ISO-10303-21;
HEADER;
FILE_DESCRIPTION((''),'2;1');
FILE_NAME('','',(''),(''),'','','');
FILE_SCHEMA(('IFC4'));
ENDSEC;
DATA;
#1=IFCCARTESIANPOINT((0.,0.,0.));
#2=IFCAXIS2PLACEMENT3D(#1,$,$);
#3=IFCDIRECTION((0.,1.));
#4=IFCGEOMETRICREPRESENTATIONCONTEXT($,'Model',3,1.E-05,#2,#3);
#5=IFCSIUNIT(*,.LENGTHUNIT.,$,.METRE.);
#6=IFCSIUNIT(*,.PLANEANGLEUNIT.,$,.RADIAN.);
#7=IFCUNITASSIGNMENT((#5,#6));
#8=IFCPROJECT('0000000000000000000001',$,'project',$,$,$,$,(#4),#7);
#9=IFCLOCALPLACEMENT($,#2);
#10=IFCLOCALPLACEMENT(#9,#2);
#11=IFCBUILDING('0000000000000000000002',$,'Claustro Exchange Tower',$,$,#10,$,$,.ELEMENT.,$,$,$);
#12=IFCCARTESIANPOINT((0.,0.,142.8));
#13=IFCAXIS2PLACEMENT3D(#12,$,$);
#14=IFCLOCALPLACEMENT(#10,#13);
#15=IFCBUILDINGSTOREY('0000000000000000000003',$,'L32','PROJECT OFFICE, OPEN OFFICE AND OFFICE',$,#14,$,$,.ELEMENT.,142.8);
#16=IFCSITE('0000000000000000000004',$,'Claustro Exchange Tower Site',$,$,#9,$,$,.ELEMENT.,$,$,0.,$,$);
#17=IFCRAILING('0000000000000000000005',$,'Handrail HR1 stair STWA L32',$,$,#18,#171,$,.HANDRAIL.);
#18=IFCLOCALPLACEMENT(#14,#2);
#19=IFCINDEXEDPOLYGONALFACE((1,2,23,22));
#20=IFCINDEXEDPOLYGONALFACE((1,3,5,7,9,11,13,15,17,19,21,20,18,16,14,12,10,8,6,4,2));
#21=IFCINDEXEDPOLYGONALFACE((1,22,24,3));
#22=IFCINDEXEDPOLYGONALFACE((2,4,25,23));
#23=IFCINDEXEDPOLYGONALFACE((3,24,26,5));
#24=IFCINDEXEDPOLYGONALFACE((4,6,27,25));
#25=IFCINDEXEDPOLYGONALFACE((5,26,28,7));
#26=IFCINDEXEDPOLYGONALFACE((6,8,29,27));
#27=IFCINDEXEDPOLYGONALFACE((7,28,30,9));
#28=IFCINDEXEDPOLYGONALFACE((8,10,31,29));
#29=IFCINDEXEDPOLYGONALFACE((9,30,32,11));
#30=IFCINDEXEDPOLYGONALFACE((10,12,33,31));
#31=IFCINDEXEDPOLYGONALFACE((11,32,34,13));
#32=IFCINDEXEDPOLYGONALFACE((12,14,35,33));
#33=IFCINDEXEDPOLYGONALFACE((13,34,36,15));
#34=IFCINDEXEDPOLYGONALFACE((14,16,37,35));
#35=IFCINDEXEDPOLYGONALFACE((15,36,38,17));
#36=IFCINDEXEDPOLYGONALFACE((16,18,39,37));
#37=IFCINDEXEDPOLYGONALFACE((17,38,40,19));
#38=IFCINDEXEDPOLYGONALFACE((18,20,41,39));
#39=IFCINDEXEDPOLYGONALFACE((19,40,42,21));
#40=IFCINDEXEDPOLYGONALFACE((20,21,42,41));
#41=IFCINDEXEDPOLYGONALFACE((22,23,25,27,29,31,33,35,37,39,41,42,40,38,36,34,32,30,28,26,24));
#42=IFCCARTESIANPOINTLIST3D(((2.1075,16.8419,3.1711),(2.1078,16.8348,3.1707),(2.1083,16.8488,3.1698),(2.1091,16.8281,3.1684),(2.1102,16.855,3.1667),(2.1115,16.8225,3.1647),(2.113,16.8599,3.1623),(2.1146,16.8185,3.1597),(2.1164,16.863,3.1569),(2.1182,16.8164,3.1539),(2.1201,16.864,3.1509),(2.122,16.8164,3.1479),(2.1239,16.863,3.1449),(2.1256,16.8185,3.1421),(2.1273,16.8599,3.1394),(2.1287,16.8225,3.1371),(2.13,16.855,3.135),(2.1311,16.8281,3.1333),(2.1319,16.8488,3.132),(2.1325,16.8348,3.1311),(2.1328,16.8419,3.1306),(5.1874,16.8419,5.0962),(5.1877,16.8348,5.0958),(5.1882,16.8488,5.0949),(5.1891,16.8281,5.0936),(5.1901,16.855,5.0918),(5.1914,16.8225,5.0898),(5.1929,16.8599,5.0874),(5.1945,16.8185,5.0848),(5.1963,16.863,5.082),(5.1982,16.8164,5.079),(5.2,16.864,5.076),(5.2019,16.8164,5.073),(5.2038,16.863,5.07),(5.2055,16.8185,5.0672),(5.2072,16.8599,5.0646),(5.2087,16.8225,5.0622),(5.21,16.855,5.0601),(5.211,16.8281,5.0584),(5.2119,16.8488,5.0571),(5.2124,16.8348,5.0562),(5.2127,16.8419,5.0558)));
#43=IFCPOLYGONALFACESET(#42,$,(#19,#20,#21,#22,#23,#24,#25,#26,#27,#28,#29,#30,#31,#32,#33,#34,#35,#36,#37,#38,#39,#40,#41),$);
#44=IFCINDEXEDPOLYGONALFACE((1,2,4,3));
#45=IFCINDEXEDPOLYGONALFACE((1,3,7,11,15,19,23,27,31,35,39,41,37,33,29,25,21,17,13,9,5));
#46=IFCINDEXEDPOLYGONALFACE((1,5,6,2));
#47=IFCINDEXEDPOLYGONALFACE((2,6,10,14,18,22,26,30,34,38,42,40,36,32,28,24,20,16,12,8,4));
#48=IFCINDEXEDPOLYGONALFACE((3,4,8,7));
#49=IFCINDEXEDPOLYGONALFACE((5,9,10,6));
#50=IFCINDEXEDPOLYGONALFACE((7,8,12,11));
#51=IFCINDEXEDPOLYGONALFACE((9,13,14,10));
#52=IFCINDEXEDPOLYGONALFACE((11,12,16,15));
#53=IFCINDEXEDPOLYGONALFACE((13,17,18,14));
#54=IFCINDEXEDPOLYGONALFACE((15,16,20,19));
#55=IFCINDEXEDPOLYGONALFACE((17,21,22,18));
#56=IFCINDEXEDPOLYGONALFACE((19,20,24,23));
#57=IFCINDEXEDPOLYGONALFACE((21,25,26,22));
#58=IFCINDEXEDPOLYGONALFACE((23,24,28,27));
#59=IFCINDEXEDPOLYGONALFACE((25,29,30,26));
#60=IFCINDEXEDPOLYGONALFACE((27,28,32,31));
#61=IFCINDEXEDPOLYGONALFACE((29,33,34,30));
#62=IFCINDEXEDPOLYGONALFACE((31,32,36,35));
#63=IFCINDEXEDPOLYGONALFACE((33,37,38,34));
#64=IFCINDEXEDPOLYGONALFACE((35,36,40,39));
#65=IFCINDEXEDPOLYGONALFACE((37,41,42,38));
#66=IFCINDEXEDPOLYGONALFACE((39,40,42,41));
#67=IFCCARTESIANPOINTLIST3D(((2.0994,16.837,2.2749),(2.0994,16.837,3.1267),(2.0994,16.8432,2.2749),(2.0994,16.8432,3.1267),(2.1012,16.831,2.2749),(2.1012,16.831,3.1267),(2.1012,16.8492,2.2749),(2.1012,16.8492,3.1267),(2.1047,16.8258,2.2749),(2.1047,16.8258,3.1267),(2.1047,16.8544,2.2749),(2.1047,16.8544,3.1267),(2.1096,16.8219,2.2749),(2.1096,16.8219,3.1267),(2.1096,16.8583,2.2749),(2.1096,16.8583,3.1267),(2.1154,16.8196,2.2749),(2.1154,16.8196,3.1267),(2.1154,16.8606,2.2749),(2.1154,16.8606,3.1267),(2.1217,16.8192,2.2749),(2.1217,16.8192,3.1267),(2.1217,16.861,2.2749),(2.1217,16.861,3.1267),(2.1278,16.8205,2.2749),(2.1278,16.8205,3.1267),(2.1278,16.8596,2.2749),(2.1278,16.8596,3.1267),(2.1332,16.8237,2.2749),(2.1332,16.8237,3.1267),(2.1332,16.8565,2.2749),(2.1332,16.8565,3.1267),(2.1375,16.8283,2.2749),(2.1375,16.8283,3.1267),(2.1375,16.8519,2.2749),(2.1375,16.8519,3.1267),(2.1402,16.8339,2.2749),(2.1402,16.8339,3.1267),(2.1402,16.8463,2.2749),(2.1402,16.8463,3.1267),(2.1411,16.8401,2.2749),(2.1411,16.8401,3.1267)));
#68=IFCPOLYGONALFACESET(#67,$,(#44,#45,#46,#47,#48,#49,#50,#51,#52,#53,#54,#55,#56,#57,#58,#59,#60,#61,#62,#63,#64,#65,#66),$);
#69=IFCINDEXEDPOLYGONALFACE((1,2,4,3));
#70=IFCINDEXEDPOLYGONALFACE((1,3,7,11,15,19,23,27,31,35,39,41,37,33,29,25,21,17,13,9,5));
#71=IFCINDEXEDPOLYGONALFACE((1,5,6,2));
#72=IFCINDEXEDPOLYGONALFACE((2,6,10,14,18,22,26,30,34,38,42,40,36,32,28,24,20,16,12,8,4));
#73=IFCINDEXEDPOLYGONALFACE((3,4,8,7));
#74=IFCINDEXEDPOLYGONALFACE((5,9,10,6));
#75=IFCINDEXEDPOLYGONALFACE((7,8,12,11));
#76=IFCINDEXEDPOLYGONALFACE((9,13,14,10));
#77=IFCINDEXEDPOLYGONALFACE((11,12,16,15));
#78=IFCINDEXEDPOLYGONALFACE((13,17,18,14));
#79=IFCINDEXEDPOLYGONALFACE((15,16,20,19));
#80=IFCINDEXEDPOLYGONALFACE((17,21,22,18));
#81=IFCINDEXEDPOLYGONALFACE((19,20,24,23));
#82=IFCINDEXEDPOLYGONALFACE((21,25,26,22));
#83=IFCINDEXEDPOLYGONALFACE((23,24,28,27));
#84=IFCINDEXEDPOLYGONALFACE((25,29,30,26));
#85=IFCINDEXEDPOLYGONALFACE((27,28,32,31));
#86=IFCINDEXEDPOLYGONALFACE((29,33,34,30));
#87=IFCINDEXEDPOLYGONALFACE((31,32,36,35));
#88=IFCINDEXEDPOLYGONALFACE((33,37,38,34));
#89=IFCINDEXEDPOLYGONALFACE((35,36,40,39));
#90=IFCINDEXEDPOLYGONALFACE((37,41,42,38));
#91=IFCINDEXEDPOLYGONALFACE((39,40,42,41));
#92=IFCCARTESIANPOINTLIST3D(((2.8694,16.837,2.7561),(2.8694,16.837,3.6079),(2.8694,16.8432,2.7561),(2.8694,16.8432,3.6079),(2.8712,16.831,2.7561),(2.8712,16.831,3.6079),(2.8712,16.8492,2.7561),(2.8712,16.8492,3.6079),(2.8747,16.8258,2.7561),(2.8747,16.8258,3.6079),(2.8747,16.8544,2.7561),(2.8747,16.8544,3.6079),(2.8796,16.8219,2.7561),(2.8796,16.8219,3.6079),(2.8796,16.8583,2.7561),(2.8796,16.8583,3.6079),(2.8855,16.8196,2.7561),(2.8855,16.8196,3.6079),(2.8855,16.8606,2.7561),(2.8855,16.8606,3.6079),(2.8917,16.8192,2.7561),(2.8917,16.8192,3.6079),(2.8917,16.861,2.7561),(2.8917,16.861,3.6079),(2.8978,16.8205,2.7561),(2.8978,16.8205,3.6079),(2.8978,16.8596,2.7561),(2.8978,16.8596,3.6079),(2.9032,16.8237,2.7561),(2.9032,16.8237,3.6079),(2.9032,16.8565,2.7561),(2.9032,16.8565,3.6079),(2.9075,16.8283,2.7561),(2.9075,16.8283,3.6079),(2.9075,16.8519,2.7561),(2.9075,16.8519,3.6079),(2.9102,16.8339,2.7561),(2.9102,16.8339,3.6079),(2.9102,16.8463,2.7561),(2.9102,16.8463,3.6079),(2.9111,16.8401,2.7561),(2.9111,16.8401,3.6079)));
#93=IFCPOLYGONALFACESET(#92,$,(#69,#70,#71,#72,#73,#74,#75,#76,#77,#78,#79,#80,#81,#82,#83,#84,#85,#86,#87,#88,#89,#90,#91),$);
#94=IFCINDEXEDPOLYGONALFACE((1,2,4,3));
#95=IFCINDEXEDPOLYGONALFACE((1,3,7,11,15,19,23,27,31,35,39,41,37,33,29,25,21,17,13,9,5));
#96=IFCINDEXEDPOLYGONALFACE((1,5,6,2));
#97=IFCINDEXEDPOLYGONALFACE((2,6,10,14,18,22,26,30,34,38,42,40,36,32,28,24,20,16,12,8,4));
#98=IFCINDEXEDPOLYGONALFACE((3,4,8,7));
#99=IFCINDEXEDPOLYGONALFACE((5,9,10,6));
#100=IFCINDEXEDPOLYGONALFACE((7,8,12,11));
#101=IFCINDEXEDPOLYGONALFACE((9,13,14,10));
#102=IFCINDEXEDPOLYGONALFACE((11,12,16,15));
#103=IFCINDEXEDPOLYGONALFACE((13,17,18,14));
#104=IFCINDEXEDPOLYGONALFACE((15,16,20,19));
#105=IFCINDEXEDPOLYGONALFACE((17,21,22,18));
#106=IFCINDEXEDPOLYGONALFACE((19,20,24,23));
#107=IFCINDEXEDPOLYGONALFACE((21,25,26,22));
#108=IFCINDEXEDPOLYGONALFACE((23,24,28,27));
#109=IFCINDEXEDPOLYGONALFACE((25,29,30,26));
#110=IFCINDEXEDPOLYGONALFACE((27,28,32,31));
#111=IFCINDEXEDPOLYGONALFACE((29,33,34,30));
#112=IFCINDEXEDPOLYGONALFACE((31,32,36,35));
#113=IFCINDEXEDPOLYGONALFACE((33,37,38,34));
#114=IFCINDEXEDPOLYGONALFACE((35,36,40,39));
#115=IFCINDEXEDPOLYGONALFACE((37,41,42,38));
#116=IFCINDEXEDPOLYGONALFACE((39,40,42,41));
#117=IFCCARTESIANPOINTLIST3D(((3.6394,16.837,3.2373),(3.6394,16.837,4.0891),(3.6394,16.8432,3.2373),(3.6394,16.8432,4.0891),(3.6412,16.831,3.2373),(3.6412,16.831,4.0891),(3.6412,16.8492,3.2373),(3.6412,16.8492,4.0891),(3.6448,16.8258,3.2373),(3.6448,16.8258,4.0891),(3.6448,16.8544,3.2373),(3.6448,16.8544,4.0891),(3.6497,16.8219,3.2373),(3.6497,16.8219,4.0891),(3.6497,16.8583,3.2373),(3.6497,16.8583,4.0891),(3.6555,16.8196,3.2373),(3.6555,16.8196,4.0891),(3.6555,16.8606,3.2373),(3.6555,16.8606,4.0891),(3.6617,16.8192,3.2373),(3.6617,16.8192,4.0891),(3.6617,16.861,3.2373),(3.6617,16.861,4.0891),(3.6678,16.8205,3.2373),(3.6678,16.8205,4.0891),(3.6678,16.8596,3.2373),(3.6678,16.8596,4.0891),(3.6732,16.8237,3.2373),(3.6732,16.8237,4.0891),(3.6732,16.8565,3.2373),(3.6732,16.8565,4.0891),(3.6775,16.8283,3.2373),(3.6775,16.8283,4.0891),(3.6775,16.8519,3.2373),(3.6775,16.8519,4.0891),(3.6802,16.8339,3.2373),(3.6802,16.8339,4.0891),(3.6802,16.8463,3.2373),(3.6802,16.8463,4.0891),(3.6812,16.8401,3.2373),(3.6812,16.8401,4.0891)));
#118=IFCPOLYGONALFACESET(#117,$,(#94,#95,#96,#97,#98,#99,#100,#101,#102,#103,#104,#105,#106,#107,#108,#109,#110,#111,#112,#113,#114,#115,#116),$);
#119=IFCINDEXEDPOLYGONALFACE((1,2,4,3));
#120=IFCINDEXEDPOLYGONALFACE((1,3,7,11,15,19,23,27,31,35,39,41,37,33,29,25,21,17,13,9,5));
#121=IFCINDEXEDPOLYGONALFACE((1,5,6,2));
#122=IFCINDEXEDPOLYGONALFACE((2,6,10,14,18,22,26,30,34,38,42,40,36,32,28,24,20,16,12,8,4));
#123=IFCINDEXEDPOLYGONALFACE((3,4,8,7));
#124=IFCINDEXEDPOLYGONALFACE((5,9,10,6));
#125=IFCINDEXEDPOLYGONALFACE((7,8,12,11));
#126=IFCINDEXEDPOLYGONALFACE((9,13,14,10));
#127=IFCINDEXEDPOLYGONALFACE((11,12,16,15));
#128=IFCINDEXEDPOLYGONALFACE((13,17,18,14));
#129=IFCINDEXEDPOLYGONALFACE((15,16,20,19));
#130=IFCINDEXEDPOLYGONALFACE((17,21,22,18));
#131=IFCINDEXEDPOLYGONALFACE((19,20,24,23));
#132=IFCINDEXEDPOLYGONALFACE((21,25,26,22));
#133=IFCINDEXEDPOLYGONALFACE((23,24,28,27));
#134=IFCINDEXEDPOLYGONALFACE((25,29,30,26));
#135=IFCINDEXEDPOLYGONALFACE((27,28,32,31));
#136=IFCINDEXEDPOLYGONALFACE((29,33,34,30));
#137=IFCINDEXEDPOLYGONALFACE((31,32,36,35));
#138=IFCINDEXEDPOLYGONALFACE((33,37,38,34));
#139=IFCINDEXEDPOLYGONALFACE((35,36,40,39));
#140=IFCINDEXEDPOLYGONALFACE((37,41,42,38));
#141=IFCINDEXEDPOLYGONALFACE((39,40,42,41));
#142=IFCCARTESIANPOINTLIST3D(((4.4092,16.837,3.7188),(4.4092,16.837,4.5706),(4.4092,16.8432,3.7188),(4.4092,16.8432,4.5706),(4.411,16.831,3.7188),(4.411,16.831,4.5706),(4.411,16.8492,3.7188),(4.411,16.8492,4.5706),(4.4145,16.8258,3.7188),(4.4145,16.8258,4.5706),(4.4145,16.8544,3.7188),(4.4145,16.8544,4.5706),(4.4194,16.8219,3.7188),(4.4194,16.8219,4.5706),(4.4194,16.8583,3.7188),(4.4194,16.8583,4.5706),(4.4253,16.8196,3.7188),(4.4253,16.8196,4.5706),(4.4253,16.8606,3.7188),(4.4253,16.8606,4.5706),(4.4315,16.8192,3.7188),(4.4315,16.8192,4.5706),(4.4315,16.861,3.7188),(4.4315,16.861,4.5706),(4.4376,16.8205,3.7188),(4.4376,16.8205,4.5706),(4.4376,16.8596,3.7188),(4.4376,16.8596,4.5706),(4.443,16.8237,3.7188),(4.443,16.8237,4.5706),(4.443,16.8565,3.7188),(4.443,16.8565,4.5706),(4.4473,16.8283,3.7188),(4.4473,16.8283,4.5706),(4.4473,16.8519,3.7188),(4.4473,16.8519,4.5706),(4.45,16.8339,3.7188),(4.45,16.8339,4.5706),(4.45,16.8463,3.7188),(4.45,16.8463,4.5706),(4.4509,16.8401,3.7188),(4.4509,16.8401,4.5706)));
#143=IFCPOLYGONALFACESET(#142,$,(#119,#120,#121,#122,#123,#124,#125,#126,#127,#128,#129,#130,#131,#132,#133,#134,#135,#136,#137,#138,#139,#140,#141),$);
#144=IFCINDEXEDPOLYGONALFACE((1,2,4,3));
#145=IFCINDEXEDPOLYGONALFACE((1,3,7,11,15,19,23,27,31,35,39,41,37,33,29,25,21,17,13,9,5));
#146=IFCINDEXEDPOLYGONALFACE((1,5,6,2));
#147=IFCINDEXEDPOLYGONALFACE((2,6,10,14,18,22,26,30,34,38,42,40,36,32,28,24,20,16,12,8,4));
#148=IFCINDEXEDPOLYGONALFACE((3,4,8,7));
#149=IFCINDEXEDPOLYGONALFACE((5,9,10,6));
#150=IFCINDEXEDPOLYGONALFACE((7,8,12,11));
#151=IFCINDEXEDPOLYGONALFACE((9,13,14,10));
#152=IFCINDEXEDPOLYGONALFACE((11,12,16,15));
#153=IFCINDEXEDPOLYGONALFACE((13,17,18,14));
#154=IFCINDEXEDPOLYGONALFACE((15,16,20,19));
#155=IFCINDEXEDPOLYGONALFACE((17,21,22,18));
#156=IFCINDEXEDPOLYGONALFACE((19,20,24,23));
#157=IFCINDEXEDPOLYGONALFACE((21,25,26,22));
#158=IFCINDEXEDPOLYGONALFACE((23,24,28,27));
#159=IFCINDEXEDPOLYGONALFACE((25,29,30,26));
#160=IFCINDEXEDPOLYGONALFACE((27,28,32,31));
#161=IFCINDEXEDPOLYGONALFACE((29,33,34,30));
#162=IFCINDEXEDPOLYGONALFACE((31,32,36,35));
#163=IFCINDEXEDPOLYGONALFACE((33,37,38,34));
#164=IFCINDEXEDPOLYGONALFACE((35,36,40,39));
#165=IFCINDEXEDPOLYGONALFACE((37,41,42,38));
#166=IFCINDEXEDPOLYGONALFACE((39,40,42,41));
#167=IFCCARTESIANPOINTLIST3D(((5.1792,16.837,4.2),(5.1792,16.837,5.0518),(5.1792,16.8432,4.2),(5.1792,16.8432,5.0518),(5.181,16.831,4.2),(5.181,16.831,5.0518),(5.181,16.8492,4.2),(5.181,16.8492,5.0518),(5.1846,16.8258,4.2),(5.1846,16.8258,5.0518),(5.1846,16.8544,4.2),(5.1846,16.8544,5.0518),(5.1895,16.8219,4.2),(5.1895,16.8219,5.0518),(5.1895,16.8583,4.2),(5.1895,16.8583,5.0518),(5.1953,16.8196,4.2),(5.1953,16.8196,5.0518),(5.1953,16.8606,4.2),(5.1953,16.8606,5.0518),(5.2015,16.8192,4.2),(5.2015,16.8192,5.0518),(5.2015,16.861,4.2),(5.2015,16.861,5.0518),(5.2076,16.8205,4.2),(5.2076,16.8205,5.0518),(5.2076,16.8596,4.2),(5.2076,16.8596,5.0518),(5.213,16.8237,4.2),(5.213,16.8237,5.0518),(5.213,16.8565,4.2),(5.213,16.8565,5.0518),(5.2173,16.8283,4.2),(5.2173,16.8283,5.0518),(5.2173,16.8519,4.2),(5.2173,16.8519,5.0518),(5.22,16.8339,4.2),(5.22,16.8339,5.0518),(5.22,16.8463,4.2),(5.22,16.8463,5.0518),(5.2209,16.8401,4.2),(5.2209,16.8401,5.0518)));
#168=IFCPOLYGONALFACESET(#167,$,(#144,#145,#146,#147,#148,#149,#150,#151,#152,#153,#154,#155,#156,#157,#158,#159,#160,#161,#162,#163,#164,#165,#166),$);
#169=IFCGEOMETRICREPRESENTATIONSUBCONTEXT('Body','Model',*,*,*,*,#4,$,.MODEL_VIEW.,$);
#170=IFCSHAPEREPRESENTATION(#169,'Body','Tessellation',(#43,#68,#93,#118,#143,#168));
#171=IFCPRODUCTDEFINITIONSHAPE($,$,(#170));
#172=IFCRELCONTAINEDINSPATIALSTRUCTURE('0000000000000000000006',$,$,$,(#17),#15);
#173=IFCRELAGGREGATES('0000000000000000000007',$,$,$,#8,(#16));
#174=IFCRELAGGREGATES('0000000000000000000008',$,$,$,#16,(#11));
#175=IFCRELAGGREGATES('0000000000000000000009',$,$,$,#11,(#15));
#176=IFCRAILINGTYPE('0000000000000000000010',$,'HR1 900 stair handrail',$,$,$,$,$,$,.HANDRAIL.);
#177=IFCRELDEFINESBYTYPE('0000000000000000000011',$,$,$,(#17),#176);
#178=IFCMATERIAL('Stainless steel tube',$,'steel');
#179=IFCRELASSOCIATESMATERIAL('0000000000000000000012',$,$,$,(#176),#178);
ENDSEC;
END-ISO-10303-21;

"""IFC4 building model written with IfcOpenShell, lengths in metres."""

from ifc_helpers import new_model, si_unit, direction, frame, origin, origin_2d, place, context, subcontext, project, spatial, circle, extrude, material, type_object, element, save


model = new_model("IFC4")

# Units and contexts
model_context = context("Model", 3, precision=1e-05, world=origin(), true_north=direction((0.0, 1.0)))
body_context = subcontext(model_context, "Body", "Model", "MODEL_VIEW")
ifc_project = project(units=[si_unit("LENGTHUNIT", "METRE"), si_unit("PLANEANGLEUNIT", "RADIAN")], contexts=[model_context])

# Site, building, storey
site_placement = place(None, origin())
site = spatial("IfcSite", under=ifc_project, at=site_placement, Name="Claustro Exchange Tower Site", CompositionType="ELEMENT", RefElevation=0.0)
building_placement = place(site_placement, origin())
building = spatial("IfcBuilding", under=site, at=building_placement, Name="Claustro Exchange Tower", CompositionType="ELEMENT")
storey_placement = place(building_placement, frame((0.0, 0.0, 142.8)))
storey = spatial("IfcBuildingStorey", under=building, at=storey_placement, Name="L32", Description="PROJECT OFFICE, OPEN OFFICE AND OFFICE", CompositionType="ELEMENT", Elevation=142.8)

# Railing
ifc_material_1 = material(Name="Stainless steel tube", Category="steel")
railing_type = type_object("IfcRailingType", Name="HR1 900 stair handrail", PredefinedType="HANDRAIL", material=ifc_material_1)
railing_placement = place(storey_placement, frame((2.1201, 16.8401, 2.2749)))
element("IfcRailing", 1, at=railing_placement, inside=storey, type_object=railing_type, Name="Handrail HR1 stair STWA L32", PredefinedType="HANDRAIL", context=body_context, shape_type="SweptSolid", body=[
    extrude(circle(Radius=0.0239, at=origin_2d()), frame((0.0, 0.0, 0.876), z_axis=(0.847979, 0.0, 0.530029), x_axis=(0.0, 1.0, 0.0)), (0.0, 0.0, 1.0), 3.6321),
    extrude(circle(Radius=0.021, at=origin_2d()), origin(), (0.0, 0.0, 1.0), 0.8518),
    extrude(circle(Radius=0.021, at=origin_2d()), frame((0.77, 0.0, 0.4812)), (0.0, 0.0, 1.0), 0.8518),
    extrude(circle(Radius=0.021, at=origin_2d()), frame((1.54, 0.0, 0.9624)), (0.0, 0.0, 1.0), 0.8518),
    extrude(circle(Radius=0.021, at=origin_2d()), frame((2.3098, 0.0, 1.4438)), (0.0, 0.0, 1.0), 0.8518),
    extrude(circle(Radius=0.021, at=origin_2d()), frame((3.0798, 0.0, 1.925)), (0.0, 0.0, 1.0), 0.8518),
])

save(model, "model.ifc")
